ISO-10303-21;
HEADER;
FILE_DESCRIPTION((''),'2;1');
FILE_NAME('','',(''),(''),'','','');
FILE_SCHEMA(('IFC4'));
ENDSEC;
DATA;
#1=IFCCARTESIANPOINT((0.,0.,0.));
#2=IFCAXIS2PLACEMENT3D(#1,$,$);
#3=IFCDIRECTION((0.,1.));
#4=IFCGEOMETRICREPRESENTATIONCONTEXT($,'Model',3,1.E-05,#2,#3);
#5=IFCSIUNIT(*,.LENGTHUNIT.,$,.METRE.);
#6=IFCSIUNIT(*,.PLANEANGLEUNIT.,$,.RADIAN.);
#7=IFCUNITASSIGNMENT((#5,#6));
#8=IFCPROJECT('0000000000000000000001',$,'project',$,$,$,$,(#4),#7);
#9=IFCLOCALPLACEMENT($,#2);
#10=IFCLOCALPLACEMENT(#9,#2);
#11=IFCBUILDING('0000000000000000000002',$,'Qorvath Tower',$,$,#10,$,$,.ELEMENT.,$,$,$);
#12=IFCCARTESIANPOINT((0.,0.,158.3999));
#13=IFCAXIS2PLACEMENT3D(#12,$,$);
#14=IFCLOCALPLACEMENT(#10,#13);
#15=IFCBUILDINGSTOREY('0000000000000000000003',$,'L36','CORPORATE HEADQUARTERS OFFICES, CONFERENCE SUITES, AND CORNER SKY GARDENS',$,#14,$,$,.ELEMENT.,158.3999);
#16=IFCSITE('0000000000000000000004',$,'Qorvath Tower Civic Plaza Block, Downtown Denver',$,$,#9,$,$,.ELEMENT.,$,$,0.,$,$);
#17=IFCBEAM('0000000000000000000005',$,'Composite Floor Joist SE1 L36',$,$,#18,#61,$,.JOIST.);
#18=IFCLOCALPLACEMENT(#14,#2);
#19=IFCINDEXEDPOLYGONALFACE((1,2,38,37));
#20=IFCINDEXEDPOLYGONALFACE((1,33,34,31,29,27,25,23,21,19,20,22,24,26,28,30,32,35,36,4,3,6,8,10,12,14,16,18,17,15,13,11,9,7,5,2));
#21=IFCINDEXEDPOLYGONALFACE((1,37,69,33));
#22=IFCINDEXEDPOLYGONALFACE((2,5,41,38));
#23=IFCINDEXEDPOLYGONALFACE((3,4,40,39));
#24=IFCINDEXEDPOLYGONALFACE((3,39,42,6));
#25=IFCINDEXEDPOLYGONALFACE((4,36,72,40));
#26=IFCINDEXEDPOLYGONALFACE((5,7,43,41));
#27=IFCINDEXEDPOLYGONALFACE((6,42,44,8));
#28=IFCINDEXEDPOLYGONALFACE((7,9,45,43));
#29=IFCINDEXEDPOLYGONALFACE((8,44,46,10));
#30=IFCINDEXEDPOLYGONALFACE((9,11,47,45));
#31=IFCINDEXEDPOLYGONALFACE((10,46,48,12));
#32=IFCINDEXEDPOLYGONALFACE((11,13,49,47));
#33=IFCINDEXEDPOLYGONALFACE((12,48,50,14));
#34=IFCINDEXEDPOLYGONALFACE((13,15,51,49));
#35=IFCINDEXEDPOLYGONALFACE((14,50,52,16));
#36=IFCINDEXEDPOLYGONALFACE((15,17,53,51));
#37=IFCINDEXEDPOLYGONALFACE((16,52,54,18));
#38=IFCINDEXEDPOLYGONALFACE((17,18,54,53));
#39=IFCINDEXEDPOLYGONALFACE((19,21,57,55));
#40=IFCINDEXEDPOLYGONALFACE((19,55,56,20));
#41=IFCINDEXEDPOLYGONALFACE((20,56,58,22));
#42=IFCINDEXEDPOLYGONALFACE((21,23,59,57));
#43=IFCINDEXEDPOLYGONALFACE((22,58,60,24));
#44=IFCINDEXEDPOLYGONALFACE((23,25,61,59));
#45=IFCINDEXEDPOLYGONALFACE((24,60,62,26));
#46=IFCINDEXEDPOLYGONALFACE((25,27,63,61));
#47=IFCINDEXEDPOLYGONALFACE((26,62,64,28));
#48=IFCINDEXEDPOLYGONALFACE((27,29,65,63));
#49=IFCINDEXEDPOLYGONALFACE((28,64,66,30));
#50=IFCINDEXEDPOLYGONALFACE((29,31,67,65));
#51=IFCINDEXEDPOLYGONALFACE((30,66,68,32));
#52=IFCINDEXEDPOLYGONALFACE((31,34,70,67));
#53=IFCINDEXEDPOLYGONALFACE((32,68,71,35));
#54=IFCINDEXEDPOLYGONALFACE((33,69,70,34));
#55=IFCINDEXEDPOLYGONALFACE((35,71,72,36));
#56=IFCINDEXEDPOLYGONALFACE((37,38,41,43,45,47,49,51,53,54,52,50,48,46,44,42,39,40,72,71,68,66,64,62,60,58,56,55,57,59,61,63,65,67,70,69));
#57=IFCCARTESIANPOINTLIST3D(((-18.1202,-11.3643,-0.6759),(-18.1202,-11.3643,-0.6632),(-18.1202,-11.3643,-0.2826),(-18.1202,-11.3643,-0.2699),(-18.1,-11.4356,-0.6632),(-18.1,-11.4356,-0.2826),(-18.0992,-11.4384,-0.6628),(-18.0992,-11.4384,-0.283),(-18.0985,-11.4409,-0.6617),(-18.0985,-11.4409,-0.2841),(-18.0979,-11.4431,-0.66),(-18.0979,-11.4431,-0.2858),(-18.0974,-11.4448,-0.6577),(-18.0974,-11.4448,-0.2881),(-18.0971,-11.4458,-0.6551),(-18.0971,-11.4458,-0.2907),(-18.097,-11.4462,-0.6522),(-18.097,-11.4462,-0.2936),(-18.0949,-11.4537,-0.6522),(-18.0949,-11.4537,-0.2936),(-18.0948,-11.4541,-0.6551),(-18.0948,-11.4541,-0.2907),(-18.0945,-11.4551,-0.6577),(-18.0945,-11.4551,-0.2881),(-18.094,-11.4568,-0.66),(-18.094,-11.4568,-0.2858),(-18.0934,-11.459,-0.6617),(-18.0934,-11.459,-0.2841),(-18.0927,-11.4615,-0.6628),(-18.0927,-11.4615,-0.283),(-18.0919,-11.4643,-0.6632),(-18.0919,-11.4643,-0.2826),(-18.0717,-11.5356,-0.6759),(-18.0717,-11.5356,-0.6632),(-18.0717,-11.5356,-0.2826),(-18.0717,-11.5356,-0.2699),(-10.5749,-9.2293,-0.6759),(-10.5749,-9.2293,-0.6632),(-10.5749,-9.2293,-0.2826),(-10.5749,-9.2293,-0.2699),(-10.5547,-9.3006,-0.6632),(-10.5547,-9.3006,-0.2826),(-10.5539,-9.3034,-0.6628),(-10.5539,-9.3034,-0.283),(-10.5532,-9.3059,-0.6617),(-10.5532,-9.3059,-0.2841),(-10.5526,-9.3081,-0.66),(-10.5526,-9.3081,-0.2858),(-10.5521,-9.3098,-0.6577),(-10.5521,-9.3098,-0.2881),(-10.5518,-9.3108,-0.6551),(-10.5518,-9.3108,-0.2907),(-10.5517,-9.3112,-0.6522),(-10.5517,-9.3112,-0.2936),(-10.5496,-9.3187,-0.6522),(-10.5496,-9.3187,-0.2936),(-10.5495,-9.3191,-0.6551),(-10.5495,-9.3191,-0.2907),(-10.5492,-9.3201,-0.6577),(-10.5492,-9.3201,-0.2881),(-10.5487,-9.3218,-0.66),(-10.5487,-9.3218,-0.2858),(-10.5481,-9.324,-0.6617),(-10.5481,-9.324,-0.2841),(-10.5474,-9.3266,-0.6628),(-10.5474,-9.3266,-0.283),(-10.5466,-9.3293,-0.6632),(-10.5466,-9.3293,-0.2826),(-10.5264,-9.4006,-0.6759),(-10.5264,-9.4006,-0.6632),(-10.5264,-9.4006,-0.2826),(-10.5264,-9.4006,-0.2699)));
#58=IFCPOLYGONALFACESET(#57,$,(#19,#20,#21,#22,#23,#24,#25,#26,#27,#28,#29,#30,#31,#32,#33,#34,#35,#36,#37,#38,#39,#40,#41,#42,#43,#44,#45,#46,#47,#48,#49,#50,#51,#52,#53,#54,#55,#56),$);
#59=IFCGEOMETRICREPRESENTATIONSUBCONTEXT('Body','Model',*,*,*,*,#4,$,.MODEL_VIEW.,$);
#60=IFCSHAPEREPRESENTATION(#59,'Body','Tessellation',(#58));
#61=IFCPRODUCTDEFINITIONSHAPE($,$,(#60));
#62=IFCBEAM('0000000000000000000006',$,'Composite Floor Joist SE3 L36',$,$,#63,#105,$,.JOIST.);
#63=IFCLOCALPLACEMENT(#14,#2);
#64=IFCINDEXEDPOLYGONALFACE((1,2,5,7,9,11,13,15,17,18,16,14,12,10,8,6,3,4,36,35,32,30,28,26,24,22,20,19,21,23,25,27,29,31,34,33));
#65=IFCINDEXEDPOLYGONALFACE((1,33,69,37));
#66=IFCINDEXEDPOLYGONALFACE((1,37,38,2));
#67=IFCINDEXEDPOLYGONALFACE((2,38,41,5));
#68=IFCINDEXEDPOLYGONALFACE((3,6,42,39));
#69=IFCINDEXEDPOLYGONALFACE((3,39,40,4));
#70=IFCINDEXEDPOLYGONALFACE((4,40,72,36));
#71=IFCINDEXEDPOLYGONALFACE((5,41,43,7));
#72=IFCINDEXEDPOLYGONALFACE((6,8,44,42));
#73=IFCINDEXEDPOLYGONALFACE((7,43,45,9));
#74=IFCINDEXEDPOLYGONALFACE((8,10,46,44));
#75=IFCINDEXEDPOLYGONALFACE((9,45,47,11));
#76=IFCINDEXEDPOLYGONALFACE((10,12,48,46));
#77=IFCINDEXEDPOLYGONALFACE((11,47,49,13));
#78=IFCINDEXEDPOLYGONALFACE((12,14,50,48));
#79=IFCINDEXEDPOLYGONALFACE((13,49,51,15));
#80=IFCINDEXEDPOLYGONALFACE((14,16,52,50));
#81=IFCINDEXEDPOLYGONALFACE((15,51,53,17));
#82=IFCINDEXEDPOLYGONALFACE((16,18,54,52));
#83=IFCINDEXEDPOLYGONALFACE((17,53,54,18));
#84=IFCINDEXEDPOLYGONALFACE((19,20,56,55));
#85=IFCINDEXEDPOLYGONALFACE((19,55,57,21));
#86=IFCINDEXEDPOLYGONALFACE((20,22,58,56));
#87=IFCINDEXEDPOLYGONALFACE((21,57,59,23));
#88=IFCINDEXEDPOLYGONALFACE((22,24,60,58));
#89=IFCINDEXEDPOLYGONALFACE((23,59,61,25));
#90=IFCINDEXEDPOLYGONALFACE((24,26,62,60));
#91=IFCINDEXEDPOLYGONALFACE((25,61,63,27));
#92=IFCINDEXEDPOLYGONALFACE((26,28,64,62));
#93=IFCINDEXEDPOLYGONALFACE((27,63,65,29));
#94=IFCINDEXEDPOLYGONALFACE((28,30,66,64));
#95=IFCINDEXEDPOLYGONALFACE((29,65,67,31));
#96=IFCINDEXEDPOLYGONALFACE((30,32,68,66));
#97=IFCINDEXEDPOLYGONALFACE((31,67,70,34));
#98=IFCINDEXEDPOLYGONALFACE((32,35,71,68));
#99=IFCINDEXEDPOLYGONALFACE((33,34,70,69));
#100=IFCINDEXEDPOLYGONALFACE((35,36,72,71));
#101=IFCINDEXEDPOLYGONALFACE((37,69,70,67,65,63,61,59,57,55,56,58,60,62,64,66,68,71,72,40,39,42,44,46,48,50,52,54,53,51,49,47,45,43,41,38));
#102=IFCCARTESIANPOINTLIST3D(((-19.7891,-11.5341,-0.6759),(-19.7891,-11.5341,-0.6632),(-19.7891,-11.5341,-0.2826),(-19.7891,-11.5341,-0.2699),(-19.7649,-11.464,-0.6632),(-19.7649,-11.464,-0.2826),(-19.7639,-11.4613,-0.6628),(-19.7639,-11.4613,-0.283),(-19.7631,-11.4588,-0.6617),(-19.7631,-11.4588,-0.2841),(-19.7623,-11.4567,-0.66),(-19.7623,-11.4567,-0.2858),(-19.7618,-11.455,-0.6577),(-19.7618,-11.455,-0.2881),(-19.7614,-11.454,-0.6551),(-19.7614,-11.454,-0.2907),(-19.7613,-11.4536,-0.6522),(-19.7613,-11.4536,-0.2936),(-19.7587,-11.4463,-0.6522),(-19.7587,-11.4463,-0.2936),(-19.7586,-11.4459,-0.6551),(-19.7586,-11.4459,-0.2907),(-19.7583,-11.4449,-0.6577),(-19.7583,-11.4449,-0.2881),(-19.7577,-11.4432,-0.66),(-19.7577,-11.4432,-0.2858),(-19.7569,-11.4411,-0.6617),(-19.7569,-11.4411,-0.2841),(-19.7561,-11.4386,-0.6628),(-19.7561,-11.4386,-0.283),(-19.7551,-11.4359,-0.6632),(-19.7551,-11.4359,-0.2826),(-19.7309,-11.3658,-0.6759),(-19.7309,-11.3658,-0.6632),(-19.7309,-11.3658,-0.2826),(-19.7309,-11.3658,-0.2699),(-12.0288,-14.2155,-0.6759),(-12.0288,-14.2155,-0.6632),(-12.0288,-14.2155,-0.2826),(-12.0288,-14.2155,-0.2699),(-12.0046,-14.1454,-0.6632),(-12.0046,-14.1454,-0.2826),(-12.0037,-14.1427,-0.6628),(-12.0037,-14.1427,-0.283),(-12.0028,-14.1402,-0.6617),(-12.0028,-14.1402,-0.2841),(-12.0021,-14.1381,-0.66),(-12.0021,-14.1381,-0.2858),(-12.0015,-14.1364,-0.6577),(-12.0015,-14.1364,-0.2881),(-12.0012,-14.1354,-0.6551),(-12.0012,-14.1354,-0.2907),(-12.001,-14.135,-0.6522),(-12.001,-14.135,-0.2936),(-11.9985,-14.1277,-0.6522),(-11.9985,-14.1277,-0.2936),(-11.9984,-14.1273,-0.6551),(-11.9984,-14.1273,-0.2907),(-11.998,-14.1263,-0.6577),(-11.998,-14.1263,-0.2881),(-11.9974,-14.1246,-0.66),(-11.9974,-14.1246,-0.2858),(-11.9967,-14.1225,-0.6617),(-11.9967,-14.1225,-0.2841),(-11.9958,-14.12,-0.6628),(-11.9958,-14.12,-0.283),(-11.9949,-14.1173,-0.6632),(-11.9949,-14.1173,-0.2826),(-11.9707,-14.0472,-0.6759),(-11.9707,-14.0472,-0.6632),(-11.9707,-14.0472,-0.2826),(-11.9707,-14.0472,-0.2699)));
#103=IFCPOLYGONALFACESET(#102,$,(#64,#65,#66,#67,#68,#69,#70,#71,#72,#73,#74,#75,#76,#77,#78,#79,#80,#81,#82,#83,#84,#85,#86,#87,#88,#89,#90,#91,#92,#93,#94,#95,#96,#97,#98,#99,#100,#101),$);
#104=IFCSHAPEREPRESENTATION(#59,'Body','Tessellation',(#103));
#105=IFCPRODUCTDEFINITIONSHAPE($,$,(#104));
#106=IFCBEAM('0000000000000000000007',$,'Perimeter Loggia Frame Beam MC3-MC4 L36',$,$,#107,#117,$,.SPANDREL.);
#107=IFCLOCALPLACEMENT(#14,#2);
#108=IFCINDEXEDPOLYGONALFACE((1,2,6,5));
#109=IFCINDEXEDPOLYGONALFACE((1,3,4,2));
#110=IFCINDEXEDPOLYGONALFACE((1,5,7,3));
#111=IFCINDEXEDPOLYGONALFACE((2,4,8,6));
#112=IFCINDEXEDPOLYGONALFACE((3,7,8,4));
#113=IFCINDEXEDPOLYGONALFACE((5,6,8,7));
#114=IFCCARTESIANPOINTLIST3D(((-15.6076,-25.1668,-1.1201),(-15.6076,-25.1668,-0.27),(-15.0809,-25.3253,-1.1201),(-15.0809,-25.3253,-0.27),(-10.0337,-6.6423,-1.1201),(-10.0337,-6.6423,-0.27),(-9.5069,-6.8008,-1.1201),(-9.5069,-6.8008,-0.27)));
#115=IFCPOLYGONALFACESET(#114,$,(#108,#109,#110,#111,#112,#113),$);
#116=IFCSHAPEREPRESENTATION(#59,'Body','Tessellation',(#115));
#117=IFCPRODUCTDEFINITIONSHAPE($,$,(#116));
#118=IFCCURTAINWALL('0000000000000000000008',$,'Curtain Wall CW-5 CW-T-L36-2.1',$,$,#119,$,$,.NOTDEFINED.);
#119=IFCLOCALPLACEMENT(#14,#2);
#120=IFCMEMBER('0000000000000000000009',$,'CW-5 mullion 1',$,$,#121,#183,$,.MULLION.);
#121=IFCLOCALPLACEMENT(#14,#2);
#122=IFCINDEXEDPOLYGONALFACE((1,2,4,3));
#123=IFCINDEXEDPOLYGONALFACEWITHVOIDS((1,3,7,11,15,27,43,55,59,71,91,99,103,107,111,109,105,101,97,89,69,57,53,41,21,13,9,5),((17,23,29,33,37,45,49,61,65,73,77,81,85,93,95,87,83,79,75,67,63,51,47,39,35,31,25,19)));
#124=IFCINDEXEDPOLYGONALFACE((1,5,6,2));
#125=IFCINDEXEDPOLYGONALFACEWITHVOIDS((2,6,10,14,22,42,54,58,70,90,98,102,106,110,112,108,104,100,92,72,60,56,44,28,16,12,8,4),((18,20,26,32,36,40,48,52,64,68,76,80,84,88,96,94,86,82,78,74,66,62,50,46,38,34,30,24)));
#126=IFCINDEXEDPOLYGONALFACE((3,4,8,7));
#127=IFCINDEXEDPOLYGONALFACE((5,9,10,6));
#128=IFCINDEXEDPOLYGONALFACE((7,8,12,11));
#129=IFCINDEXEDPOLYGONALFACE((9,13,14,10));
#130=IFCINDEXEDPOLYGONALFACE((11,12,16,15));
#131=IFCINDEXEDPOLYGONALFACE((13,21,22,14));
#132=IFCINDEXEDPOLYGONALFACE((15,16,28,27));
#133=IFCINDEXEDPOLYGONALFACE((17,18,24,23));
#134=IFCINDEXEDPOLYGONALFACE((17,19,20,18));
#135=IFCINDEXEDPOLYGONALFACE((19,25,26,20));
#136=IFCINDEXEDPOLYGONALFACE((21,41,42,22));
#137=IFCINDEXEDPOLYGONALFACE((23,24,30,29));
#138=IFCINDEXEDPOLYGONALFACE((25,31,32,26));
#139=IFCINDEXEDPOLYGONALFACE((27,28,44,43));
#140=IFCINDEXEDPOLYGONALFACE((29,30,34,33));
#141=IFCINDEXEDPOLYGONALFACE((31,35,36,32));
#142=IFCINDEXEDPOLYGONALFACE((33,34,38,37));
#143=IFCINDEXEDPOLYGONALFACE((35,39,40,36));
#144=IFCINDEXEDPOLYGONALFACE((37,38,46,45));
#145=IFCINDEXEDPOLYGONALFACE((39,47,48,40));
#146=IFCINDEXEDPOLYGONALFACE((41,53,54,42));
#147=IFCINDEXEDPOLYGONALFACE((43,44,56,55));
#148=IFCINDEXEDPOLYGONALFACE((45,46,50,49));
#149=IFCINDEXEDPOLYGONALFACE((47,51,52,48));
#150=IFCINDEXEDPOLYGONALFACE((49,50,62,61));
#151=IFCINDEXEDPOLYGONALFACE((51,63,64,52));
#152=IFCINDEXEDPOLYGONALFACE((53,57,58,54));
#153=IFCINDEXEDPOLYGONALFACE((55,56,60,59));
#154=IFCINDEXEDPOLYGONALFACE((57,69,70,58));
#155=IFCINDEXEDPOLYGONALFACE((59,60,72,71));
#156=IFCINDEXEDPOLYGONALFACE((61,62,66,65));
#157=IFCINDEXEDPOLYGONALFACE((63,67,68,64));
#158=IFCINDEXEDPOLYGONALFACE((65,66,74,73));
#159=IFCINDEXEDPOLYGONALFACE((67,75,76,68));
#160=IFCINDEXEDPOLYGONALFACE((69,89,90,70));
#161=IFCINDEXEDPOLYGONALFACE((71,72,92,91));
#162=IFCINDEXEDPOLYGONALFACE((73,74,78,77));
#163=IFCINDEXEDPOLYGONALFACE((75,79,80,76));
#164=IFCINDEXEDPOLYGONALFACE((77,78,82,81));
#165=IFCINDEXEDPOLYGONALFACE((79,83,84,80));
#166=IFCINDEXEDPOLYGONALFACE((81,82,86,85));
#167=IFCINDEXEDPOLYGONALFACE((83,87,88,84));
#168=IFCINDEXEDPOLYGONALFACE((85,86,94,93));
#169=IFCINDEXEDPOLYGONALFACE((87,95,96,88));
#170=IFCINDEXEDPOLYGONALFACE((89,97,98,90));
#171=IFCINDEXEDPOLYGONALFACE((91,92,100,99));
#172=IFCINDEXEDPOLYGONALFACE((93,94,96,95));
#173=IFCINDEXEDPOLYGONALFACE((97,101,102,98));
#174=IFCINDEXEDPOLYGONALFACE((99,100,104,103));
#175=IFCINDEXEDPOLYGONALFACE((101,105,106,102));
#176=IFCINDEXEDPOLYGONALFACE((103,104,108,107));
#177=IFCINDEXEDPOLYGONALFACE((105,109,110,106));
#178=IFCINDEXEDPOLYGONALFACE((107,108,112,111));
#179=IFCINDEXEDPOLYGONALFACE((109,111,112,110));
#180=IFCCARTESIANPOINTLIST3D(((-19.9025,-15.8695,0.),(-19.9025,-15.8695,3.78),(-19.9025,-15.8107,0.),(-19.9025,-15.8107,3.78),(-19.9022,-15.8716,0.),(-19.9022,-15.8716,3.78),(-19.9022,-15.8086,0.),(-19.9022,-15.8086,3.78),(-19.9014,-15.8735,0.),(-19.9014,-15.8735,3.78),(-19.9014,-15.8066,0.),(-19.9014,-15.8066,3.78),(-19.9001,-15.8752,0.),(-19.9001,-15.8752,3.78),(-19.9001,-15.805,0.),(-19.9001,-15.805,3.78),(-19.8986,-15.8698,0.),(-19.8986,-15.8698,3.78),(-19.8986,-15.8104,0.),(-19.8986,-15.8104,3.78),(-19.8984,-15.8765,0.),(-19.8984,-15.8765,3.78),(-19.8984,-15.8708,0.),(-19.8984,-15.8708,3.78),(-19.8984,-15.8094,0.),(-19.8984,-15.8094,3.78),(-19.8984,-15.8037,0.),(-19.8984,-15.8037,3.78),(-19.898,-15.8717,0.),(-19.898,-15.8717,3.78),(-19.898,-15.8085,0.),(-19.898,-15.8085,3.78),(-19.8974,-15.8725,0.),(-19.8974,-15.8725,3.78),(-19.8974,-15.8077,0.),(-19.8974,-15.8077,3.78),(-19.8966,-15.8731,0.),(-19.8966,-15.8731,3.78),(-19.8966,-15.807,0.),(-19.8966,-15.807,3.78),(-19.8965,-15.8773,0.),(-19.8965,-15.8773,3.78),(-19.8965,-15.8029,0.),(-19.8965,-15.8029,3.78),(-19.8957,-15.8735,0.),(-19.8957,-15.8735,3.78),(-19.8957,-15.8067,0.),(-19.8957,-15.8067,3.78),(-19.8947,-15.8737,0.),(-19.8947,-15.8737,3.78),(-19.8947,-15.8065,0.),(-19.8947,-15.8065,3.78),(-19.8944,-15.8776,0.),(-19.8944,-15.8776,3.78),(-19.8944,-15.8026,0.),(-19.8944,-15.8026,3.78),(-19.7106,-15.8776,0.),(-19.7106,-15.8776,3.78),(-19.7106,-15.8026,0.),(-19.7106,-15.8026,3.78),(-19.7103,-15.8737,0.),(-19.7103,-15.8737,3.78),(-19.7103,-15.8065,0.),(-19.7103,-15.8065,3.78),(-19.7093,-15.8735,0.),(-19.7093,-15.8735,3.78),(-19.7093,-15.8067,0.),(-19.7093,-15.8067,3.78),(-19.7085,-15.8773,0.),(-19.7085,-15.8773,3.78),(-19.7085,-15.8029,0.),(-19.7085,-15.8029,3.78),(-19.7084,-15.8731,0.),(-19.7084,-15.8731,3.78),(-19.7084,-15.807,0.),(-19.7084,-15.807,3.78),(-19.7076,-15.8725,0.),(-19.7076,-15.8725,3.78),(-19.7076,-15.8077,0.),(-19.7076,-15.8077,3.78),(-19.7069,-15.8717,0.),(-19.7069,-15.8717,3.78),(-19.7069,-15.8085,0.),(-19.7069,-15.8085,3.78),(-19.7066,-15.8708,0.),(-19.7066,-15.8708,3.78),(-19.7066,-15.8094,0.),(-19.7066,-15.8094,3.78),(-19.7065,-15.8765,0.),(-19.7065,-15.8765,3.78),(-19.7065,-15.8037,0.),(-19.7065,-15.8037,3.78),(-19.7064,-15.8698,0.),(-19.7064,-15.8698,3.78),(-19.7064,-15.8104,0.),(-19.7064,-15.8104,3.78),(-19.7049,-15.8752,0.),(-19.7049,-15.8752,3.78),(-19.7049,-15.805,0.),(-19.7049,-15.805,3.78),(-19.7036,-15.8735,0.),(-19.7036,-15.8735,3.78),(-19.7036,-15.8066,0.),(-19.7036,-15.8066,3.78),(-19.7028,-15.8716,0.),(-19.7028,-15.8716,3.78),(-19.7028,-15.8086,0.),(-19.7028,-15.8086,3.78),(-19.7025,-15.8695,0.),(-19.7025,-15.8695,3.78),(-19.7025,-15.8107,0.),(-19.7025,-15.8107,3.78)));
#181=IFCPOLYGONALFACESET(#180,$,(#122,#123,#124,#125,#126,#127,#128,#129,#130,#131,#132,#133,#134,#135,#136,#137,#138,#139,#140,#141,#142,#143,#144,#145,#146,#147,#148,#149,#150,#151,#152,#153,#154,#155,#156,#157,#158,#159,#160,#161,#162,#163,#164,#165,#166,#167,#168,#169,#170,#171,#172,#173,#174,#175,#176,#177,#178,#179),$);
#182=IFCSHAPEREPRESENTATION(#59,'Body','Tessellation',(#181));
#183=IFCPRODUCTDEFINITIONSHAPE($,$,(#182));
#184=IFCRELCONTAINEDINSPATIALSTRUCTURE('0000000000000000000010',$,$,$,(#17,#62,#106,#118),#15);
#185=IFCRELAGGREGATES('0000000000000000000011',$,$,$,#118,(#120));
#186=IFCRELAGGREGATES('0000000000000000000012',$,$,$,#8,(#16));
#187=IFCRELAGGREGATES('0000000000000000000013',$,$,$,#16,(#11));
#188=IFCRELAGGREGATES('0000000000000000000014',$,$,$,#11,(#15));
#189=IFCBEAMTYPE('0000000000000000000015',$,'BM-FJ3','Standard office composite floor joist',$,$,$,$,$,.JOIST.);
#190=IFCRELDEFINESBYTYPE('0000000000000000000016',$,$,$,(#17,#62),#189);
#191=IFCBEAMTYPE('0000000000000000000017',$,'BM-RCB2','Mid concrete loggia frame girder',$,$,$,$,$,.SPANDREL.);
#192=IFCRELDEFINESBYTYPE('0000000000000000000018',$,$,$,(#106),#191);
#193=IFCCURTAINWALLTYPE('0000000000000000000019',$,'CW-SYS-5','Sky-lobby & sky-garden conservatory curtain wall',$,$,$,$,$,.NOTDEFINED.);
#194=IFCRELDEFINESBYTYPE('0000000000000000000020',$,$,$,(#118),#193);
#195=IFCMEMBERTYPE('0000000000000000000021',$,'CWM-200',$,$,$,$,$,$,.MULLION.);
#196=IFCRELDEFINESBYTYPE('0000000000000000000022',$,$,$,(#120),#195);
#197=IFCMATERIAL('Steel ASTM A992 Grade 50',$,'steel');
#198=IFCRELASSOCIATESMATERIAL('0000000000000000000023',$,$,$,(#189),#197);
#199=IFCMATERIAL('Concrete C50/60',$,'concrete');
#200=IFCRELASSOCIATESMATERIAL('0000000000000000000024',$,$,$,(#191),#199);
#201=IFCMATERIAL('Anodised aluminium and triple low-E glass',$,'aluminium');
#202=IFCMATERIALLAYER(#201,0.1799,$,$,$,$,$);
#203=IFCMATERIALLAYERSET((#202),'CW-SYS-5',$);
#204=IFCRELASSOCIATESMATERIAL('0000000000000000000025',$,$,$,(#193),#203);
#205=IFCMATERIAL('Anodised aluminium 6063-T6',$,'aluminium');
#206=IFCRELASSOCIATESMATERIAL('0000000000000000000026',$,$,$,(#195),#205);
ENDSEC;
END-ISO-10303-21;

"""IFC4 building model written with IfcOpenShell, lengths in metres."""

from ifc_helpers import new_model, si_unit, direction, frame, origin, origin_2d, place, context, subcontext, project, spatial, rectangle, hollow_rectangle, i_section, extrude, material, layer, layer_set, material_profile, profile_set, type_object, element, aggregate, save


model = new_model("IFC4")

# Units and contexts
model_context = context("Model", 3, precision=1e-05, world=origin(), true_north=direction((0.0, 1.0)))
body_context = subcontext(model_context, "Body", "Model", "MODEL_VIEW")
ifc_project = project(units=[si_unit("LENGTHUNIT", "METRE"), si_unit("PLANEANGLEUNIT", "RADIAN")], contexts=[model_context])

# Site, building, storey
site_placement = place(None, origin())
site = spatial("IfcSite", under=ifc_project, at=site_placement, Name="Qorvath Tower Civic Plaza Block, Downtown Denver", CompositionType="ELEMENT", RefElevation=0.0)
building_placement = place(site_placement, origin())
building = spatial("IfcBuilding", under=site, at=building_placement, Name="Qorvath Tower", CompositionType="ELEMENT")
storey_placement = place(building_placement, frame((0.0, 0.0, 158.3999)))
storey = spatial("IfcBuildingStorey", under=building, at=storey_placement, Name="L36", Description="CORPORATE HEADQUARTERS OFFICES, CONFERENCE SUITES, AND CORNER SKY GARDENS", CompositionType="ELEMENT", Elevation=158.3999)

# Beams
ifc_material_1 = material(Name="Steel ASTM A992 Grade 50", Category="steel")
ifc_material_profile_1 = material_profile(ifc_material_1, i_section(OverallWidth=0.178, OverallDepth=0.406, WebThickness=0.0078, FlangeThickness=0.0127, FilletRadius=0.011, at=origin_2d()), Name="W16x40")
ifc_profile_set_1 = profile_set([ifc_material_profile_1], Name="Steel ASTM A992 Grade 50")
beam_type_1 = type_object("IfcBeamType", Name="BM-FJ3", Description="Standard office composite floor joist", PredefinedType="JOIST", material=ifc_profile_set_1)
beam_1_placement = place(storey_placement, frame((-18.0959, -11.45, -0.4729), z_axis=(0.962222, 0.272265, 0.0), x_axis=(-0.272265, 0.962222, 0.0)))
element("IfcBeam", 1, at=beam_1_placement, inside=storey, type_object=beam_type_1, Name="Composite Floor Joist SE1 L36", PredefinedType="JOIST", context=body_context, shape_type="SweptSolid", body=[
    extrude(i_section(OverallWidth=0.178, OverallDepth=0.406, WebThickness=0.0078, FlangeThickness=0.0127, FilletRadius=0.011, at=origin_2d()), origin(), (0.0, 0.0, 1.0), 7.8416),
])
beam_2_placement = place(storey_placement, frame((-19.76, -11.45, -0.4729), z_axis=(0.945168, -0.326584, 0.0), x_axis=(0.326584, 0.945168, 0.0)))
element("IfcBeam", 2, at=beam_2_placement, inside=storey, type_object=beam_type_1, Name="Composite Floor Joist SE3 L36", PredefinedType="JOIST", context=body_context, shape_type="SweptSolid", body=[
    extrude(i_section(OverallWidth=0.178, OverallDepth=0.406, WebThickness=0.0078, FlangeThickness=0.0127, FilletRadius=0.011, at=origin_2d()), origin(), (0.0, 0.0, 1.0), 8.2104),
])
ifc_material_2 = material(Name="Concrete C50/60", Category="concrete")
ifc_material_profile_2 = material_profile(ifc_material_2, rectangle(XDim=0.55, YDim=0.8501, at=origin_2d()), Name="RCB 850x550")
ifc_profile_set_2 = profile_set([ifc_material_profile_2], Name="Concrete C50/60")
beam_type_2 = type_object("IfcBeamType", Name="BM-RCB2", Description="Mid concrete loggia frame girder", PredefinedType="SPANDREL", material=ifc_profile_set_2)
beam_3_placement = place(storey_placement, frame((-15.3442, -25.2461, -0.6951), z_axis=(0.288134, 0.95759, 0.0), x_axis=(-0.95759, 0.288134, 0.0)))
element("IfcBeam", 3, at=beam_3_placement, inside=storey, type_object=beam_type_2, Name="Perimeter Loggia Frame Beam MC3-MC4 L36", PredefinedType="SPANDREL", context=body_context, shape_type="SweptSolid", body=[
    extrude(rectangle(XDim=0.55, YDim=0.8501, at=origin_2d()), origin(), (0.0, 0.0, 1.0), 19.345),
])

# Curtain wall, member
ifc_material_3 = material(Name="Anodised aluminium and triple low-E glass", Category="aluminium")
ifc_layer_1 = layer(ifc_material_3, 0.1799)
ifc_layer_set_1 = layer_set([ifc_layer_1], Name="CW-SYS-5")
curtain_wall_type = type_object("IfcCurtainWallType", Name="CW-SYS-5", Description="Sky-lobby & sky-garden conservatory curtain wall", PredefinedType="NOTDEFINED", material=ifc_layer_set_1)
curtain_wall_placement = place(storey_placement, origin())
curtain_wall = element("IfcCurtainWall", 4, at=curtain_wall_placement, inside=storey, type_object=curtain_wall_type, Name="Curtain Wall CW-5 CW-T-L36-2.1", PredefinedType="NOTDEFINED")
ifc_material_4 = material(Name="Anodised aluminium 6063-T6", Category="aluminium")
ifc_material_profile_3 = material_profile(ifc_material_4, hollow_rectangle(XDim=0.075, YDim=0.2, WallThickness=0.0039, InnerFilletRadius=0.0039, OuterFilletRadius=0.0081, at=origin_2d()), Name="CWM 200x75")
ifc_profile_set_3 = profile_set([ifc_material_profile_3], Name="Anodised aluminium 6063-T6")
member_type_1 = type_object("IfcMemberType", Name="CWM-200", PredefinedType="MULLION", material=ifc_profile_set_3)
member_1_placement = place(storey_placement, frame((-19.8025, -15.8401, 0.0), z_axis=(0.0, 0.0, 1.0), x_axis=(0.0, 1.0, 0.0)))
member_1 = element("IfcMember", 5, at=member_1_placement, type_object=member_type_1, Name="CW-5 mullion 1", PredefinedType="MULLION", context=body_context, shape_type="SweptSolid", body=[
    extrude(hollow_rectangle(XDim=0.075, YDim=0.2, WallThickness=0.0039, InnerFilletRadius=0.0039, OuterFilletRadius=0.0081, at=origin_2d()), origin(), (0.0, 0.0, 1.0), 3.78),
])

aggregate(curtain_wall, [member_1])

save(model, "model.ifc")
